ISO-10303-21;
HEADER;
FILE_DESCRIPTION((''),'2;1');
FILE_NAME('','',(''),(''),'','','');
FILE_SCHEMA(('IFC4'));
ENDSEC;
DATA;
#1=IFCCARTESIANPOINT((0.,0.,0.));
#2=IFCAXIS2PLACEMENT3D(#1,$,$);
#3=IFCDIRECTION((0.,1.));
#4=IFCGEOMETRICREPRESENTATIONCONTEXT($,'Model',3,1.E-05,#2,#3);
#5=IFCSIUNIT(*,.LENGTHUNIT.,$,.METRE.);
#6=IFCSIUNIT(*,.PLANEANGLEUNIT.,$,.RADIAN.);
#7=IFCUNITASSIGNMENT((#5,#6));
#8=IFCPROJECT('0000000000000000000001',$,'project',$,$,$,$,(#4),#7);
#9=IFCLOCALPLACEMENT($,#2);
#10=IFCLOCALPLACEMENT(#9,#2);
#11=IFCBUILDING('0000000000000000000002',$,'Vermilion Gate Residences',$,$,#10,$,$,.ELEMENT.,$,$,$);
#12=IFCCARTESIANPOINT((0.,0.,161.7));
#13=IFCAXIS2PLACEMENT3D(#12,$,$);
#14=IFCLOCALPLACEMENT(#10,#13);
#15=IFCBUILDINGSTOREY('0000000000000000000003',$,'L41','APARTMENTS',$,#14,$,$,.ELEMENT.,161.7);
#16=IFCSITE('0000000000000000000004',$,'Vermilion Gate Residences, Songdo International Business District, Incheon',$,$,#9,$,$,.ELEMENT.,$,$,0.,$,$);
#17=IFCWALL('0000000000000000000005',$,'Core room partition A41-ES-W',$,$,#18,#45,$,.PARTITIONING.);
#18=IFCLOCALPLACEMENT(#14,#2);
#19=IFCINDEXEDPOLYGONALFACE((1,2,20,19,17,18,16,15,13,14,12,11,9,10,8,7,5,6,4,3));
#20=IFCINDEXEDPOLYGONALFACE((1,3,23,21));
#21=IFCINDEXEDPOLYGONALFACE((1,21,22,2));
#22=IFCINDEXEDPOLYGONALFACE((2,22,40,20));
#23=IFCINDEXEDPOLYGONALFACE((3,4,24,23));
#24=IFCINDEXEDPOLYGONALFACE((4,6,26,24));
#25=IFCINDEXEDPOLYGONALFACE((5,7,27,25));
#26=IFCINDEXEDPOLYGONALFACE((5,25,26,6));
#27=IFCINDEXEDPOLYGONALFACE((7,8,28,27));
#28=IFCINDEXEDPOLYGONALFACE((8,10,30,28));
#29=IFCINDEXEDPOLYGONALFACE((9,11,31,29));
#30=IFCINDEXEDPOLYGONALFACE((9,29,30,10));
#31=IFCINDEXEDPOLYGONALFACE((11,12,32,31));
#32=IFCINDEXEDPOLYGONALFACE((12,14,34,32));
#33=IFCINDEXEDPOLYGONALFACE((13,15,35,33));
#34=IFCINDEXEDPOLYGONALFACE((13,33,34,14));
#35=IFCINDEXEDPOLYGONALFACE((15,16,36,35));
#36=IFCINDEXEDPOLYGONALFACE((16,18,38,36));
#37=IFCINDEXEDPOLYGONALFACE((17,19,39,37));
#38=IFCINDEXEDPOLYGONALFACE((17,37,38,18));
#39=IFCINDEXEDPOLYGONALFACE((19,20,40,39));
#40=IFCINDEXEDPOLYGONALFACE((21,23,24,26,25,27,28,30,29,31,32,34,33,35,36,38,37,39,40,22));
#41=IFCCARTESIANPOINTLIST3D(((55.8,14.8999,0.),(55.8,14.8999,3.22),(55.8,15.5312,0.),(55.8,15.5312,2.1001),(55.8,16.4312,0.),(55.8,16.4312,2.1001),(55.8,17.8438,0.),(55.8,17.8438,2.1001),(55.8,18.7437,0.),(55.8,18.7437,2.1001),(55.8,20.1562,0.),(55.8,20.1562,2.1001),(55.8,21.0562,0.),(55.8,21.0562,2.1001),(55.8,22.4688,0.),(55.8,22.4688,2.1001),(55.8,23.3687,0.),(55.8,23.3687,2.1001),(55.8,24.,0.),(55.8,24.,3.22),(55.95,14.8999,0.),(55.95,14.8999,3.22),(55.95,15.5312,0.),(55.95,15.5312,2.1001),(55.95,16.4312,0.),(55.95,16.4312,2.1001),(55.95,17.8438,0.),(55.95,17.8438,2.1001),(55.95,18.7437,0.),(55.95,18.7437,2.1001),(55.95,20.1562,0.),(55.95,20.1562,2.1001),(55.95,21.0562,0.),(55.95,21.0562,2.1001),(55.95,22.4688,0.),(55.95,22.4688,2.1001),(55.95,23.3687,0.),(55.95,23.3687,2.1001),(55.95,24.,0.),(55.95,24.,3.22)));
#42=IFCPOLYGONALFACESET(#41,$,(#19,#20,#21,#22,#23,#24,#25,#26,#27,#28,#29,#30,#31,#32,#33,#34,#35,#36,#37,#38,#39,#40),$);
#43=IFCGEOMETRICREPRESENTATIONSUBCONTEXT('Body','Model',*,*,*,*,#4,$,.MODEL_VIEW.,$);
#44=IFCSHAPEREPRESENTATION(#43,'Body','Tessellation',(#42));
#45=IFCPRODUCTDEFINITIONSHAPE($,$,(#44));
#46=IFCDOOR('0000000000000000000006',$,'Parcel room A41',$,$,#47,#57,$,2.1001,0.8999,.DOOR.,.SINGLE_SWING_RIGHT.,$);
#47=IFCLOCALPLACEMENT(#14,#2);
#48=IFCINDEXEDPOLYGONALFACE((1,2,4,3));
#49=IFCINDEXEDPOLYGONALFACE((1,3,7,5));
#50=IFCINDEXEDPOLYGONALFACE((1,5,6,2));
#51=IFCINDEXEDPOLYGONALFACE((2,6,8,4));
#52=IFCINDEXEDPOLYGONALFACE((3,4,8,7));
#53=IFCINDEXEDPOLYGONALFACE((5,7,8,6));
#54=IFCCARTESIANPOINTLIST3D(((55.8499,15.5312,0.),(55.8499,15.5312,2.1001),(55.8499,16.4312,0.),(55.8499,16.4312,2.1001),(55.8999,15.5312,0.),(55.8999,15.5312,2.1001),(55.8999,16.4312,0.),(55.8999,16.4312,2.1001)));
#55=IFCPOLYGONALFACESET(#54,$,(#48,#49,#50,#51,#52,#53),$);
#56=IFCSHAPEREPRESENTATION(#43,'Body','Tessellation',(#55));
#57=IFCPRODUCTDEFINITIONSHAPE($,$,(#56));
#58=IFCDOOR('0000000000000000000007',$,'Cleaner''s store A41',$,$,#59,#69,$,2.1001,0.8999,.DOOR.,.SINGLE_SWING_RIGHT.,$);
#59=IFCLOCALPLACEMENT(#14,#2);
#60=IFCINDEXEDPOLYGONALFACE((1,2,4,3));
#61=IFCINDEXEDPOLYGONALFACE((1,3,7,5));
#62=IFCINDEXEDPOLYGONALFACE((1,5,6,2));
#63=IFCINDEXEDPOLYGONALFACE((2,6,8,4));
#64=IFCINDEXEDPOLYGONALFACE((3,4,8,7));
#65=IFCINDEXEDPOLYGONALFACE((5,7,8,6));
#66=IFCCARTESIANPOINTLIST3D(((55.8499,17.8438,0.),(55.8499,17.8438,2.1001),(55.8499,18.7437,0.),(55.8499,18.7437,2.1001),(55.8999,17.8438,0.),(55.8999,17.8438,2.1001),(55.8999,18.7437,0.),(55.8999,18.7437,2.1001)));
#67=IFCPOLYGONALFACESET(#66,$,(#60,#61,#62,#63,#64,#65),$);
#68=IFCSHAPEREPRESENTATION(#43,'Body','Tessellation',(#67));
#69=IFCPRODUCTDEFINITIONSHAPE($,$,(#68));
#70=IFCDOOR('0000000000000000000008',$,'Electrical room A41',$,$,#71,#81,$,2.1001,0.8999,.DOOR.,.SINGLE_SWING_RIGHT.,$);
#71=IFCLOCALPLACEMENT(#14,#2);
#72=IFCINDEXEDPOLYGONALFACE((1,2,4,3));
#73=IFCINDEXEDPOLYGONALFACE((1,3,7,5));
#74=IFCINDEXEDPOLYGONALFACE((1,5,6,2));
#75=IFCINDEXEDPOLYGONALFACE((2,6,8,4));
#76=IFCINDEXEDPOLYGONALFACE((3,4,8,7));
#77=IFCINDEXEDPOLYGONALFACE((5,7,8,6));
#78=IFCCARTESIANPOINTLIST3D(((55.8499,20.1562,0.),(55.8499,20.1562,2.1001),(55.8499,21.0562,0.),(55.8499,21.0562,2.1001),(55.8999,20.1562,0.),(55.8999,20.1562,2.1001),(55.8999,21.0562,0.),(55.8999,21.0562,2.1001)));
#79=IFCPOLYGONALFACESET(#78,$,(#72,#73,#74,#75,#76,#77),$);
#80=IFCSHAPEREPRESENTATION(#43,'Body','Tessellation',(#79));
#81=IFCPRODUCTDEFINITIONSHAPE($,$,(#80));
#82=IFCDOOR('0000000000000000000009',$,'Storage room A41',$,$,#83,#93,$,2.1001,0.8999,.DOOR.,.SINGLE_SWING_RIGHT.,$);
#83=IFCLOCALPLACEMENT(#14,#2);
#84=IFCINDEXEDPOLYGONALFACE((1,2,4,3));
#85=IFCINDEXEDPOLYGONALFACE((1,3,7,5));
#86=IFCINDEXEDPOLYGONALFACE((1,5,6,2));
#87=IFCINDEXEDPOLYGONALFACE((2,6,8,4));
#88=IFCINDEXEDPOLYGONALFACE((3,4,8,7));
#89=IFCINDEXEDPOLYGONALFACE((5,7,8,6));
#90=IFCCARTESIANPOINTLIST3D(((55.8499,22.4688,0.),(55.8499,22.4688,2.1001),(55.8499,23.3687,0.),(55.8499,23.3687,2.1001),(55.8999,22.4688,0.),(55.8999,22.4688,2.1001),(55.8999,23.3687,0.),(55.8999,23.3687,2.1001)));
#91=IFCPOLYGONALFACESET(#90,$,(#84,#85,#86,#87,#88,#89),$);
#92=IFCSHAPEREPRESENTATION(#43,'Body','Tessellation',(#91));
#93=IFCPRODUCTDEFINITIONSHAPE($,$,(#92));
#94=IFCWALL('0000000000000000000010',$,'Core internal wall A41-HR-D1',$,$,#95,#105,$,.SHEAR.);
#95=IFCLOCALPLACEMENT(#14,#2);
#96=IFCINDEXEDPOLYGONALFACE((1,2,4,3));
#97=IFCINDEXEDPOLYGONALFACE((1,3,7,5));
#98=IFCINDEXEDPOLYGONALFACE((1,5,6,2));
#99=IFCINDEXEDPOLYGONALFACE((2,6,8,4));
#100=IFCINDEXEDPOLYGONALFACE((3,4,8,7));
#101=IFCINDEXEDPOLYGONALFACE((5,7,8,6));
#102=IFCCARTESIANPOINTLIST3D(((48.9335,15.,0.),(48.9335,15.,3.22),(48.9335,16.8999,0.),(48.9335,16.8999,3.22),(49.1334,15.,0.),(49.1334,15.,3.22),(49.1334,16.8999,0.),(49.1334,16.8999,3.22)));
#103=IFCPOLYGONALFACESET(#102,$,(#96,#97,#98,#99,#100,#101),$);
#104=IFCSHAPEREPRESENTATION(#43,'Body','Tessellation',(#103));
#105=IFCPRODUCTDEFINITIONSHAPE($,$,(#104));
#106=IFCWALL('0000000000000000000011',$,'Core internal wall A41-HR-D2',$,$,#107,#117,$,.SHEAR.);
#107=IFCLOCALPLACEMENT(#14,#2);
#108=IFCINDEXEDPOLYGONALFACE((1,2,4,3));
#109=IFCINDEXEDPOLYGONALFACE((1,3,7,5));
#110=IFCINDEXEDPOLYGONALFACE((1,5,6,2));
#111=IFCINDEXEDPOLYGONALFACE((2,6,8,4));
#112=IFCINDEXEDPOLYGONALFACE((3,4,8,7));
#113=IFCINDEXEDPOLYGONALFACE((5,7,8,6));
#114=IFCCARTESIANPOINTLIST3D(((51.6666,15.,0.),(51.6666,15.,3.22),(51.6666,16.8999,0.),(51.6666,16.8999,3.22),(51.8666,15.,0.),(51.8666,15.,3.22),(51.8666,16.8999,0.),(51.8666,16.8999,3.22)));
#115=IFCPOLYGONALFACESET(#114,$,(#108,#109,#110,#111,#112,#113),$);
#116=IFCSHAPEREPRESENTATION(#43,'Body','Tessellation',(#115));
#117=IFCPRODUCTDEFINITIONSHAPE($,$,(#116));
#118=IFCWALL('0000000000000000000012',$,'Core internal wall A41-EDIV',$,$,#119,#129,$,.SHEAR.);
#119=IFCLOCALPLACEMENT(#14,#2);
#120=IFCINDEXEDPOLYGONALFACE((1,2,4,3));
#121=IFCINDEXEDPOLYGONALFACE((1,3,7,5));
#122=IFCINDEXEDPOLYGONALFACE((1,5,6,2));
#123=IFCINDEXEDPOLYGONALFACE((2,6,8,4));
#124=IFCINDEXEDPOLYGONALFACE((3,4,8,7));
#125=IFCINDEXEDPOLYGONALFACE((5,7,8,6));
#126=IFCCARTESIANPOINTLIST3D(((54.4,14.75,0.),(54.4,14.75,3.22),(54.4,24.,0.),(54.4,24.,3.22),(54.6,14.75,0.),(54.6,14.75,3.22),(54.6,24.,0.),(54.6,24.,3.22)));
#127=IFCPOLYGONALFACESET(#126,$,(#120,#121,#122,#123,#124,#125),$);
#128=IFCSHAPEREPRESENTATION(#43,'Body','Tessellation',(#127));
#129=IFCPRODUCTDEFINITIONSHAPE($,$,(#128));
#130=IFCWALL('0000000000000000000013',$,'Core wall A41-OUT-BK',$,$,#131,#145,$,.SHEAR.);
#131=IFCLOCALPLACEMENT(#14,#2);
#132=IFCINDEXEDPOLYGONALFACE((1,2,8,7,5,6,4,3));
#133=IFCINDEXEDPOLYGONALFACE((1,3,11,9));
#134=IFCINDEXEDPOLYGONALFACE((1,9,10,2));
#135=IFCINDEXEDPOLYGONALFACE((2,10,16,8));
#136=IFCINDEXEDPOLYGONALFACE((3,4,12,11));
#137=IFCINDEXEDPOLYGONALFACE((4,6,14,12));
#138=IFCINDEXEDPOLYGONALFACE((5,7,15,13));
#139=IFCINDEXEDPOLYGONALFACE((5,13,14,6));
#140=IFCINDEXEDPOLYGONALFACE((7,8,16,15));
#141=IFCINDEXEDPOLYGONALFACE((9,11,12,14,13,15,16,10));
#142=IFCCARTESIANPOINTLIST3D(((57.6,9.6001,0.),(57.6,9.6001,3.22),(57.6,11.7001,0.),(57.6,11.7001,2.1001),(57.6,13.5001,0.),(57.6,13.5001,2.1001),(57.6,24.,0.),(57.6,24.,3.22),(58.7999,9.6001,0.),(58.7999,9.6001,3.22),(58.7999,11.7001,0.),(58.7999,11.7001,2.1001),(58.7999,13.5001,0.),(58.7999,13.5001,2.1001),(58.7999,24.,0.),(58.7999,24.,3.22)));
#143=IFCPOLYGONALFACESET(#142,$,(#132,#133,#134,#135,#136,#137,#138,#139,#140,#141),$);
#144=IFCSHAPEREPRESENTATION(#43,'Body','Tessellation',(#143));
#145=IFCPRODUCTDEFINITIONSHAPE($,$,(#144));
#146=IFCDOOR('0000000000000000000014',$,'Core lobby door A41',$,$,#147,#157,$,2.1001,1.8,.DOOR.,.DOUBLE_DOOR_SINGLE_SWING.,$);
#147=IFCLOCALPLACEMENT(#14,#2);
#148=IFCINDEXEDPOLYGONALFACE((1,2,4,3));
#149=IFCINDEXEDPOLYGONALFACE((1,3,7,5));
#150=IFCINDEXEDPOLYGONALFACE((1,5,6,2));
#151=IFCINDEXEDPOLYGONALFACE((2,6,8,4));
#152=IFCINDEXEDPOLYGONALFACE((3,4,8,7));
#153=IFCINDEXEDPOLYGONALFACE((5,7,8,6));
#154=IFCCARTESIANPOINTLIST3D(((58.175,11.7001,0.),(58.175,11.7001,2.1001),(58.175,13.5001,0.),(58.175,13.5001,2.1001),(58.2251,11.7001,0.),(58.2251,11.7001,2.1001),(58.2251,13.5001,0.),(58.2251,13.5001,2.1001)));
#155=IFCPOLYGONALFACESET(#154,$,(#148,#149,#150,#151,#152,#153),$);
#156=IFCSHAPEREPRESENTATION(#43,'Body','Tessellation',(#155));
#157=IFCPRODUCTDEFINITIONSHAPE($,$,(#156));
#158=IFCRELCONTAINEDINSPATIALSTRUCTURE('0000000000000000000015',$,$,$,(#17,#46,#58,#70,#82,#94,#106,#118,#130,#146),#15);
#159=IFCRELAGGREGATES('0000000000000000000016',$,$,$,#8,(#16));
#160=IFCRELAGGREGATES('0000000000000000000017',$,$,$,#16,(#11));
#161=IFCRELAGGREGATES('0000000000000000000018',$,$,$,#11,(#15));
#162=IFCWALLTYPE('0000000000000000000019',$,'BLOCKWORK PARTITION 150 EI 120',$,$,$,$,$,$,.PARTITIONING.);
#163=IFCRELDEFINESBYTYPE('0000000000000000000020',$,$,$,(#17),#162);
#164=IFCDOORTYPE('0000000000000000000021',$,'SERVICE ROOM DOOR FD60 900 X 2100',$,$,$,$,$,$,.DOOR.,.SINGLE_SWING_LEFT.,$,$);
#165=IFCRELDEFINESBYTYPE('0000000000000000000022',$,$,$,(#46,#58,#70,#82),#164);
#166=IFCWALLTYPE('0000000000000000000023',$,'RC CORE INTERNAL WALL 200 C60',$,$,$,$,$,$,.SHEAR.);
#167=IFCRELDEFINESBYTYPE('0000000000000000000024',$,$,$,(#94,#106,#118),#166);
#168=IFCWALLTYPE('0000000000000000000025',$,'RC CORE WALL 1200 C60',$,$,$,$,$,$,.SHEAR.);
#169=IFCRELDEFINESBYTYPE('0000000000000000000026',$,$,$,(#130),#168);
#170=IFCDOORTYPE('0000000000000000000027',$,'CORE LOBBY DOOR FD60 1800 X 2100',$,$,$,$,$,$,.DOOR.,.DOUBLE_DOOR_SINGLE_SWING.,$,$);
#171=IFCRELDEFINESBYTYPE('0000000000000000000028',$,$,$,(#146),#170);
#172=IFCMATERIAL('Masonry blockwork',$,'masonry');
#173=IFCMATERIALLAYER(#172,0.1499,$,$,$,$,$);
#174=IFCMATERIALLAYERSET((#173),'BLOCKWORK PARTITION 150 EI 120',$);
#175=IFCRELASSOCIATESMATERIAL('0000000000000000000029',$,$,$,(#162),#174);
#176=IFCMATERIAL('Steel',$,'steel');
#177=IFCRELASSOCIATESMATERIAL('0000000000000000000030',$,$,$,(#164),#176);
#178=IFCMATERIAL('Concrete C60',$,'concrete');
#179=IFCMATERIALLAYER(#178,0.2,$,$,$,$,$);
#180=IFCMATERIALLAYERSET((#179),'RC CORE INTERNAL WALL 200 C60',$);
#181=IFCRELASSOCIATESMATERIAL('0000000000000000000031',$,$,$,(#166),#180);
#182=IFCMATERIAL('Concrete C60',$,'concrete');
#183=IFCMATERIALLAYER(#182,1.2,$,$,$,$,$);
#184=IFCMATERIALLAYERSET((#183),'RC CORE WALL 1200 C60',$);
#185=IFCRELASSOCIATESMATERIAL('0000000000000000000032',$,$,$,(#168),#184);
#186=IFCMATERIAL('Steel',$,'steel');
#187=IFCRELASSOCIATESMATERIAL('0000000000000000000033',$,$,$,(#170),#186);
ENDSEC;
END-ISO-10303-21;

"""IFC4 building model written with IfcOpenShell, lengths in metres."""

from ifc_helpers import new_model, si_unit, direction, frame, frame_2d, origin, place, context, subcontext, project, spatial, rectangle, extrude, material, layer, layer_set, type_object, element, fill, save


model = new_model("IFC4")

# Units and contexts
model_context = context("Model", 3, precision=1e-05, world=origin(), true_north=direction((0.0, 1.0)))
body_context = subcontext(model_context, "Body", "Model", "MODEL_VIEW")
ifc_project = project(units=[si_unit("LENGTHUNIT", "METRE"), si_unit("PLANEANGLEUNIT", "RADIAN")], contexts=[model_context])

# Site, building, storey
site_placement = place(None, origin())
site = spatial("IfcSite", under=ifc_project, at=site_placement, Name="Vermilion Gate Residences, Songdo International Business District, Incheon", CompositionType="ELEMENT", RefElevation=0.0)
building_placement = place(site_placement, origin())
building = spatial("IfcBuilding", under=site, at=building_placement, Name="Vermilion Gate Residences", CompositionType="ELEMENT")
storey_placement = place(building_placement, frame((0.0, 0.0, 161.7)))
storey = spatial("IfcBuildingStorey", under=building, at=storey_placement, Name="L41", Description="APARTMENTS", CompositionType="ELEMENT", Elevation=161.7)

# Shared definitions
ifc_material_1 = material(Name="Masonry blockwork", Category="masonry")
ifc_layer_1 = layer(ifc_material_1, 0.1499)
ifc_layer_set_1 = layer_set([ifc_layer_1], Name="BLOCKWORK PARTITION 150 EI 120")
wall_type_1 = type_object("IfcWallType", Name="BLOCKWORK PARTITION 150 EI 120", PredefinedType="PARTITIONING", material=ifc_layer_set_1)

# Wall, openings, doors
wall_1_placement = place(storey_placement, frame((55.875, 14.8999, 0.0), z_axis=(0.0, 0.0, 1.0), x_axis=(0.0, 1.0, 0.0)))
wall_1 = element("IfcWall", 1, at=wall_1_placement, inside=storey, type_object=wall_type_1, Name="Core room partition A41-ES-W", PredefinedType="PARTITIONING", context=body_context, shape_type="SweptSolid", body=[
    extrude(rectangle(XDim=9.1001, YDim=0.1499, at=frame_2d((4.55, 0.0))), origin(), (0.0, 0.0, 1.0), 3.22),
])
opening_1_placement = place(wall_1_placement, frame((0.6313, 0.0, 0.0)))
opening_1 = element("IfcOpeningElement", 2, at=opening_1_placement, cuts=wall_1, PredefinedType="OPENING", context=body_context, shape_type="SweptSolid", body=[
    extrude(rectangle(XDim=0.8999, YDim=2.1001, at=frame_2d((0.45, 1.05))), frame((0.0, 0.085, 0.0), z_axis=(0.0, -1.0, 0.0), x_axis=(1.0, 0.0, 0.0)), (0.0, 0.0, 1.0), 0.1699),
])
opening_2_placement = place(wall_1_placement, frame((2.9438, 0.0, 0.0)))
opening_2 = element("IfcOpeningElement", 3, at=opening_2_placement, cuts=wall_1, PredefinedType="OPENING", context=body_context, shape_type="SweptSolid", body=[
    extrude(rectangle(XDim=0.8999, YDim=2.1001, at=frame_2d((0.45, 1.05))), frame((0.0, 0.085, 0.0), z_axis=(0.0, -1.0, 0.0), x_axis=(1.0, 0.0, 0.0)), (0.0, 0.0, 1.0), 0.1699),
])
opening_3_placement = place(wall_1_placement, frame((5.2563, 0.0, 0.0)))
opening_3 = element("IfcOpeningElement", 4, at=opening_3_placement, cuts=wall_1, PredefinedType="OPENING", context=body_context, shape_type="SweptSolid", body=[
    extrude(rectangle(XDim=0.8999, YDim=2.1001, at=frame_2d((0.45, 1.05))), frame((0.0, 0.085, 0.0), z_axis=(0.0, -1.0, 0.0), x_axis=(1.0, 0.0, 0.0)), (0.0, 0.0, 1.0), 0.1699),
])
opening_4_placement = place(wall_1_placement, frame((7.5688, 0.0, 0.0)))
opening_4 = element("IfcOpeningElement", 5, at=opening_4_placement, cuts=wall_1, PredefinedType="OPENING", context=body_context, shape_type="SweptSolid", body=[
    extrude(rectangle(XDim=0.8999, YDim=2.1001, at=frame_2d((0.45, 1.05))), frame((0.0, 0.085, 0.0), z_axis=(0.0, -1.0, 0.0), x_axis=(1.0, 0.0, 0.0)), (0.0, 0.0, 1.0), 0.1699),
])
ifc_material_2 = material(Name="Steel", Category="steel")
door_type_1 = type_object("IfcDoorType", Name="SERVICE ROOM DOOR FD60 900 X 2100", OperationType="SINGLE_SWING_LEFT", PredefinedType="DOOR", material=ifc_material_2)
door_1_placement = place(opening_1_placement, frame((0.8999, 0.0, 0.0), z_axis=(0.0, 0.0, 1.0), x_axis=(-1.0, 0.0, 0.0)))
door_1 = element("IfcDoor", 6, at=door_1_placement, inside=storey, type_object=door_type_1, Name="Parcel room A41", OperationType="SINGLE_SWING_RIGHT", OverallHeight=2.1001, OverallWidth=0.8999, PredefinedType="DOOR", context=body_context, shape_type="SweptSolid", body=[
    extrude(rectangle(XDim=0.8999, YDim=2.1001, at=frame_2d((0.45, 1.05))), frame((0.0, 0.0249, 0.0), z_axis=(0.0, -1.0, 0.0), x_axis=(1.0, 0.0, 0.0)), (0.0, 0.0, 1.0), 0.05),
])
fill(opening_1, door_1)
door_2_placement = place(opening_2_placement, frame((0.8999, 0.0, 0.0), z_axis=(0.0, 0.0, 1.0), x_axis=(-1.0, 0.0, 0.0)))
door_2 = element("IfcDoor", 7, at=door_2_placement, inside=storey, type_object=door_type_1, Name="Cleaner's store A41", OperationType="SINGLE_SWING_RIGHT", OverallHeight=2.1001, OverallWidth=0.8999, PredefinedType="DOOR", context=body_context, shape_type="SweptSolid", body=[
    extrude(rectangle(XDim=0.8999, YDim=2.1001, at=frame_2d((0.45, 1.05))), frame((0.0, 0.0249, 0.0), z_axis=(0.0, -1.0, 0.0), x_axis=(1.0, 0.0, 0.0)), (0.0, 0.0, 1.0), 0.05),
])
fill(opening_2, door_2)
door_3_placement = place(opening_3_placement, frame((0.8999, 0.0, 0.0), z_axis=(0.0, 0.0, 1.0), x_axis=(-1.0, 0.0, 0.0)))
door_3 = element("IfcDoor", 8, at=door_3_placement, inside=storey, type_object=door_type_1, Name="Electrical room A41", OperationType="SINGLE_SWING_RIGHT", OverallHeight=2.1001, OverallWidth=0.8999, PredefinedType="DOOR", context=body_context, shape_type="SweptSolid", body=[
    extrude(rectangle(XDim=0.8999, YDim=2.1001, at=frame_2d((0.45, 1.05))), frame((0.0, 0.0249, 0.0), z_axis=(0.0, -1.0, 0.0), x_axis=(1.0, 0.0, 0.0)), (0.0, 0.0, 1.0), 0.05),
])
fill(opening_3, door_3)
door_4_placement = place(opening_4_placement, frame((0.8999, 0.0, 0.0), z_axis=(0.0, 0.0, 1.0), x_axis=(-1.0, 0.0, 0.0)))
door_4 = element("IfcDoor", 9, at=door_4_placement, inside=storey, type_object=door_type_1, Name="Storage room A41", OperationType="SINGLE_SWING_RIGHT", OverallHeight=2.1001, OverallWidth=0.8999, PredefinedType="DOOR", context=body_context, shape_type="SweptSolid", body=[
    extrude(rectangle(XDim=0.8999, YDim=2.1001, at=frame_2d((0.45, 1.05))), frame((0.0, 0.0249, 0.0), z_axis=(0.0, -1.0, 0.0), x_axis=(1.0, 0.0, 0.0)), (0.0, 0.0, 1.0), 0.05),
])
fill(opening_4, door_4)

# Walls
ifc_material_3 = material(Name="Concrete C60", Category="concrete")
ifc_layer_2 = layer(ifc_material_3, 0.2)
ifc_layer_set_2 = layer_set([ifc_layer_2], Name="RC CORE INTERNAL WALL 200 C60")
wall_type_2 = type_object("IfcWallType", Name="RC CORE INTERNAL WALL 200 C60", PredefinedType="SHEAR", material=ifc_layer_set_2)
for number, where, z_axis, x_axis, name in (
    (10, (49.0334, 15.0, 0.0), (0.0, 0.0, 1.0), (0.0, 1.0, 0.0), "Core internal wall A41-HR-D1"),
    (11, (51.7666, 15.0, 0.0), (0.0, 0.0, 1.0), (0.0, 1.0, 0.0), "Core internal wall A41-HR-D2"),
):
    element("IfcWall", number, at=place(storey_placement, frame(where, z_axis=z_axis, x_axis=x_axis)), inside=storey, type_object=wall_type_2, Name=name, PredefinedType="SHEAR", context=body_context, shape_type="SweptSolid", body=[
        extrude(rectangle(XDim=1.8999, YDim=0.2, at=frame_2d((0.95, 0.0))), origin(), (0.0, 0.0, 1.0), 3.22),
    ])
wall_2_placement = place(storey_placement, frame((54.5, 14.75, 0.0), z_axis=(0.0, 0.0, 1.0), x_axis=(0.0, 1.0, 0.0)))
element("IfcWall", 12, at=wall_2_placement, inside=storey, type_object=wall_type_2, Name="Core internal wall A41-EDIV", PredefinedType="SHEAR", context=body_context, shape_type="SweptSolid", body=[
    extrude(rectangle(XDim=9.25, YDim=0.2, at=frame_2d((4.625, 0.0))), origin(), (0.0, 0.0, 1.0), 3.22),
])

# Wall, opening, door
ifc_material_4 = material(Name="Concrete C60", Category="concrete")
ifc_layer_3 = layer(ifc_material_4, 1.2)
ifc_layer_set_3 = layer_set([ifc_layer_3], Name="RC CORE WALL 1200 C60")
wall_type_3 = type_object("IfcWallType", Name="RC CORE WALL 1200 C60", PredefinedType="SHEAR", material=ifc_layer_set_3)
wall_3_placement = place(storey_placement, frame((58.2, 9.6001, 0.0), z_axis=(0.0, 0.0, 1.0), x_axis=(0.0, 1.0, 0.0)))
wall_3 = element("IfcWall", 13, at=wall_3_placement, inside=storey, type_object=wall_type_3, Name="Core wall A41-OUT-BK", PredefinedType="SHEAR", context=body_context, shape_type="SweptSolid", body=[
    extrude(rectangle(XDim=14.3999, YDim=1.2, at=frame_2d((7.2, 0.0))), origin(), (0.0, 0.0, 1.0), 3.22),
])
opening_5_placement = place(wall_3_placement, frame((2.1001, 0.0, 0.0)))
opening_5 = element("IfcOpeningElement", 14, at=opening_5_placement, cuts=wall_3, PredefinedType="OPENING", context=body_context, shape_type="SweptSolid", body=[
    extrude(rectangle(XDim=1.8, YDim=2.1001, at=frame_2d((0.8999, 1.05))), frame((0.0, 0.6099, 0.0), z_axis=(0.0, -1.0, 0.0), x_axis=(1.0, 0.0, 0.0)), (0.0, 0.0, 1.0), 1.22),
])
ifc_material_5 = material(Name="Steel", Category="steel")
door_type_2 = type_object("IfcDoorType", Name="CORE LOBBY DOOR FD60 1800 X 2100", OperationType="DOUBLE_DOOR_SINGLE_SWING", PredefinedType="DOOR", material=ifc_material_5)
door_5_placement = place(opening_5_placement, origin())
door_5 = element("IfcDoor", 15, at=door_5_placement, inside=storey, type_object=door_type_2, Name="Core lobby door A41", OperationType="DOUBLE_DOOR_SINGLE_SWING", OverallHeight=2.1001, OverallWidth=1.8, PredefinedType="DOOR", context=body_context, shape_type="SweptSolid", body=[
    extrude(rectangle(XDim=1.8, YDim=2.1001, at=frame_2d((0.8999, 1.05))), frame((0.0, 0.0249, 0.0), z_axis=(0.0, -1.0, 0.0), x_axis=(1.0, 0.0, 0.0)), (0.0, 0.0, 1.0), 0.05),
])
fill(opening_5, door_5)

save(model, "model.ifc")
